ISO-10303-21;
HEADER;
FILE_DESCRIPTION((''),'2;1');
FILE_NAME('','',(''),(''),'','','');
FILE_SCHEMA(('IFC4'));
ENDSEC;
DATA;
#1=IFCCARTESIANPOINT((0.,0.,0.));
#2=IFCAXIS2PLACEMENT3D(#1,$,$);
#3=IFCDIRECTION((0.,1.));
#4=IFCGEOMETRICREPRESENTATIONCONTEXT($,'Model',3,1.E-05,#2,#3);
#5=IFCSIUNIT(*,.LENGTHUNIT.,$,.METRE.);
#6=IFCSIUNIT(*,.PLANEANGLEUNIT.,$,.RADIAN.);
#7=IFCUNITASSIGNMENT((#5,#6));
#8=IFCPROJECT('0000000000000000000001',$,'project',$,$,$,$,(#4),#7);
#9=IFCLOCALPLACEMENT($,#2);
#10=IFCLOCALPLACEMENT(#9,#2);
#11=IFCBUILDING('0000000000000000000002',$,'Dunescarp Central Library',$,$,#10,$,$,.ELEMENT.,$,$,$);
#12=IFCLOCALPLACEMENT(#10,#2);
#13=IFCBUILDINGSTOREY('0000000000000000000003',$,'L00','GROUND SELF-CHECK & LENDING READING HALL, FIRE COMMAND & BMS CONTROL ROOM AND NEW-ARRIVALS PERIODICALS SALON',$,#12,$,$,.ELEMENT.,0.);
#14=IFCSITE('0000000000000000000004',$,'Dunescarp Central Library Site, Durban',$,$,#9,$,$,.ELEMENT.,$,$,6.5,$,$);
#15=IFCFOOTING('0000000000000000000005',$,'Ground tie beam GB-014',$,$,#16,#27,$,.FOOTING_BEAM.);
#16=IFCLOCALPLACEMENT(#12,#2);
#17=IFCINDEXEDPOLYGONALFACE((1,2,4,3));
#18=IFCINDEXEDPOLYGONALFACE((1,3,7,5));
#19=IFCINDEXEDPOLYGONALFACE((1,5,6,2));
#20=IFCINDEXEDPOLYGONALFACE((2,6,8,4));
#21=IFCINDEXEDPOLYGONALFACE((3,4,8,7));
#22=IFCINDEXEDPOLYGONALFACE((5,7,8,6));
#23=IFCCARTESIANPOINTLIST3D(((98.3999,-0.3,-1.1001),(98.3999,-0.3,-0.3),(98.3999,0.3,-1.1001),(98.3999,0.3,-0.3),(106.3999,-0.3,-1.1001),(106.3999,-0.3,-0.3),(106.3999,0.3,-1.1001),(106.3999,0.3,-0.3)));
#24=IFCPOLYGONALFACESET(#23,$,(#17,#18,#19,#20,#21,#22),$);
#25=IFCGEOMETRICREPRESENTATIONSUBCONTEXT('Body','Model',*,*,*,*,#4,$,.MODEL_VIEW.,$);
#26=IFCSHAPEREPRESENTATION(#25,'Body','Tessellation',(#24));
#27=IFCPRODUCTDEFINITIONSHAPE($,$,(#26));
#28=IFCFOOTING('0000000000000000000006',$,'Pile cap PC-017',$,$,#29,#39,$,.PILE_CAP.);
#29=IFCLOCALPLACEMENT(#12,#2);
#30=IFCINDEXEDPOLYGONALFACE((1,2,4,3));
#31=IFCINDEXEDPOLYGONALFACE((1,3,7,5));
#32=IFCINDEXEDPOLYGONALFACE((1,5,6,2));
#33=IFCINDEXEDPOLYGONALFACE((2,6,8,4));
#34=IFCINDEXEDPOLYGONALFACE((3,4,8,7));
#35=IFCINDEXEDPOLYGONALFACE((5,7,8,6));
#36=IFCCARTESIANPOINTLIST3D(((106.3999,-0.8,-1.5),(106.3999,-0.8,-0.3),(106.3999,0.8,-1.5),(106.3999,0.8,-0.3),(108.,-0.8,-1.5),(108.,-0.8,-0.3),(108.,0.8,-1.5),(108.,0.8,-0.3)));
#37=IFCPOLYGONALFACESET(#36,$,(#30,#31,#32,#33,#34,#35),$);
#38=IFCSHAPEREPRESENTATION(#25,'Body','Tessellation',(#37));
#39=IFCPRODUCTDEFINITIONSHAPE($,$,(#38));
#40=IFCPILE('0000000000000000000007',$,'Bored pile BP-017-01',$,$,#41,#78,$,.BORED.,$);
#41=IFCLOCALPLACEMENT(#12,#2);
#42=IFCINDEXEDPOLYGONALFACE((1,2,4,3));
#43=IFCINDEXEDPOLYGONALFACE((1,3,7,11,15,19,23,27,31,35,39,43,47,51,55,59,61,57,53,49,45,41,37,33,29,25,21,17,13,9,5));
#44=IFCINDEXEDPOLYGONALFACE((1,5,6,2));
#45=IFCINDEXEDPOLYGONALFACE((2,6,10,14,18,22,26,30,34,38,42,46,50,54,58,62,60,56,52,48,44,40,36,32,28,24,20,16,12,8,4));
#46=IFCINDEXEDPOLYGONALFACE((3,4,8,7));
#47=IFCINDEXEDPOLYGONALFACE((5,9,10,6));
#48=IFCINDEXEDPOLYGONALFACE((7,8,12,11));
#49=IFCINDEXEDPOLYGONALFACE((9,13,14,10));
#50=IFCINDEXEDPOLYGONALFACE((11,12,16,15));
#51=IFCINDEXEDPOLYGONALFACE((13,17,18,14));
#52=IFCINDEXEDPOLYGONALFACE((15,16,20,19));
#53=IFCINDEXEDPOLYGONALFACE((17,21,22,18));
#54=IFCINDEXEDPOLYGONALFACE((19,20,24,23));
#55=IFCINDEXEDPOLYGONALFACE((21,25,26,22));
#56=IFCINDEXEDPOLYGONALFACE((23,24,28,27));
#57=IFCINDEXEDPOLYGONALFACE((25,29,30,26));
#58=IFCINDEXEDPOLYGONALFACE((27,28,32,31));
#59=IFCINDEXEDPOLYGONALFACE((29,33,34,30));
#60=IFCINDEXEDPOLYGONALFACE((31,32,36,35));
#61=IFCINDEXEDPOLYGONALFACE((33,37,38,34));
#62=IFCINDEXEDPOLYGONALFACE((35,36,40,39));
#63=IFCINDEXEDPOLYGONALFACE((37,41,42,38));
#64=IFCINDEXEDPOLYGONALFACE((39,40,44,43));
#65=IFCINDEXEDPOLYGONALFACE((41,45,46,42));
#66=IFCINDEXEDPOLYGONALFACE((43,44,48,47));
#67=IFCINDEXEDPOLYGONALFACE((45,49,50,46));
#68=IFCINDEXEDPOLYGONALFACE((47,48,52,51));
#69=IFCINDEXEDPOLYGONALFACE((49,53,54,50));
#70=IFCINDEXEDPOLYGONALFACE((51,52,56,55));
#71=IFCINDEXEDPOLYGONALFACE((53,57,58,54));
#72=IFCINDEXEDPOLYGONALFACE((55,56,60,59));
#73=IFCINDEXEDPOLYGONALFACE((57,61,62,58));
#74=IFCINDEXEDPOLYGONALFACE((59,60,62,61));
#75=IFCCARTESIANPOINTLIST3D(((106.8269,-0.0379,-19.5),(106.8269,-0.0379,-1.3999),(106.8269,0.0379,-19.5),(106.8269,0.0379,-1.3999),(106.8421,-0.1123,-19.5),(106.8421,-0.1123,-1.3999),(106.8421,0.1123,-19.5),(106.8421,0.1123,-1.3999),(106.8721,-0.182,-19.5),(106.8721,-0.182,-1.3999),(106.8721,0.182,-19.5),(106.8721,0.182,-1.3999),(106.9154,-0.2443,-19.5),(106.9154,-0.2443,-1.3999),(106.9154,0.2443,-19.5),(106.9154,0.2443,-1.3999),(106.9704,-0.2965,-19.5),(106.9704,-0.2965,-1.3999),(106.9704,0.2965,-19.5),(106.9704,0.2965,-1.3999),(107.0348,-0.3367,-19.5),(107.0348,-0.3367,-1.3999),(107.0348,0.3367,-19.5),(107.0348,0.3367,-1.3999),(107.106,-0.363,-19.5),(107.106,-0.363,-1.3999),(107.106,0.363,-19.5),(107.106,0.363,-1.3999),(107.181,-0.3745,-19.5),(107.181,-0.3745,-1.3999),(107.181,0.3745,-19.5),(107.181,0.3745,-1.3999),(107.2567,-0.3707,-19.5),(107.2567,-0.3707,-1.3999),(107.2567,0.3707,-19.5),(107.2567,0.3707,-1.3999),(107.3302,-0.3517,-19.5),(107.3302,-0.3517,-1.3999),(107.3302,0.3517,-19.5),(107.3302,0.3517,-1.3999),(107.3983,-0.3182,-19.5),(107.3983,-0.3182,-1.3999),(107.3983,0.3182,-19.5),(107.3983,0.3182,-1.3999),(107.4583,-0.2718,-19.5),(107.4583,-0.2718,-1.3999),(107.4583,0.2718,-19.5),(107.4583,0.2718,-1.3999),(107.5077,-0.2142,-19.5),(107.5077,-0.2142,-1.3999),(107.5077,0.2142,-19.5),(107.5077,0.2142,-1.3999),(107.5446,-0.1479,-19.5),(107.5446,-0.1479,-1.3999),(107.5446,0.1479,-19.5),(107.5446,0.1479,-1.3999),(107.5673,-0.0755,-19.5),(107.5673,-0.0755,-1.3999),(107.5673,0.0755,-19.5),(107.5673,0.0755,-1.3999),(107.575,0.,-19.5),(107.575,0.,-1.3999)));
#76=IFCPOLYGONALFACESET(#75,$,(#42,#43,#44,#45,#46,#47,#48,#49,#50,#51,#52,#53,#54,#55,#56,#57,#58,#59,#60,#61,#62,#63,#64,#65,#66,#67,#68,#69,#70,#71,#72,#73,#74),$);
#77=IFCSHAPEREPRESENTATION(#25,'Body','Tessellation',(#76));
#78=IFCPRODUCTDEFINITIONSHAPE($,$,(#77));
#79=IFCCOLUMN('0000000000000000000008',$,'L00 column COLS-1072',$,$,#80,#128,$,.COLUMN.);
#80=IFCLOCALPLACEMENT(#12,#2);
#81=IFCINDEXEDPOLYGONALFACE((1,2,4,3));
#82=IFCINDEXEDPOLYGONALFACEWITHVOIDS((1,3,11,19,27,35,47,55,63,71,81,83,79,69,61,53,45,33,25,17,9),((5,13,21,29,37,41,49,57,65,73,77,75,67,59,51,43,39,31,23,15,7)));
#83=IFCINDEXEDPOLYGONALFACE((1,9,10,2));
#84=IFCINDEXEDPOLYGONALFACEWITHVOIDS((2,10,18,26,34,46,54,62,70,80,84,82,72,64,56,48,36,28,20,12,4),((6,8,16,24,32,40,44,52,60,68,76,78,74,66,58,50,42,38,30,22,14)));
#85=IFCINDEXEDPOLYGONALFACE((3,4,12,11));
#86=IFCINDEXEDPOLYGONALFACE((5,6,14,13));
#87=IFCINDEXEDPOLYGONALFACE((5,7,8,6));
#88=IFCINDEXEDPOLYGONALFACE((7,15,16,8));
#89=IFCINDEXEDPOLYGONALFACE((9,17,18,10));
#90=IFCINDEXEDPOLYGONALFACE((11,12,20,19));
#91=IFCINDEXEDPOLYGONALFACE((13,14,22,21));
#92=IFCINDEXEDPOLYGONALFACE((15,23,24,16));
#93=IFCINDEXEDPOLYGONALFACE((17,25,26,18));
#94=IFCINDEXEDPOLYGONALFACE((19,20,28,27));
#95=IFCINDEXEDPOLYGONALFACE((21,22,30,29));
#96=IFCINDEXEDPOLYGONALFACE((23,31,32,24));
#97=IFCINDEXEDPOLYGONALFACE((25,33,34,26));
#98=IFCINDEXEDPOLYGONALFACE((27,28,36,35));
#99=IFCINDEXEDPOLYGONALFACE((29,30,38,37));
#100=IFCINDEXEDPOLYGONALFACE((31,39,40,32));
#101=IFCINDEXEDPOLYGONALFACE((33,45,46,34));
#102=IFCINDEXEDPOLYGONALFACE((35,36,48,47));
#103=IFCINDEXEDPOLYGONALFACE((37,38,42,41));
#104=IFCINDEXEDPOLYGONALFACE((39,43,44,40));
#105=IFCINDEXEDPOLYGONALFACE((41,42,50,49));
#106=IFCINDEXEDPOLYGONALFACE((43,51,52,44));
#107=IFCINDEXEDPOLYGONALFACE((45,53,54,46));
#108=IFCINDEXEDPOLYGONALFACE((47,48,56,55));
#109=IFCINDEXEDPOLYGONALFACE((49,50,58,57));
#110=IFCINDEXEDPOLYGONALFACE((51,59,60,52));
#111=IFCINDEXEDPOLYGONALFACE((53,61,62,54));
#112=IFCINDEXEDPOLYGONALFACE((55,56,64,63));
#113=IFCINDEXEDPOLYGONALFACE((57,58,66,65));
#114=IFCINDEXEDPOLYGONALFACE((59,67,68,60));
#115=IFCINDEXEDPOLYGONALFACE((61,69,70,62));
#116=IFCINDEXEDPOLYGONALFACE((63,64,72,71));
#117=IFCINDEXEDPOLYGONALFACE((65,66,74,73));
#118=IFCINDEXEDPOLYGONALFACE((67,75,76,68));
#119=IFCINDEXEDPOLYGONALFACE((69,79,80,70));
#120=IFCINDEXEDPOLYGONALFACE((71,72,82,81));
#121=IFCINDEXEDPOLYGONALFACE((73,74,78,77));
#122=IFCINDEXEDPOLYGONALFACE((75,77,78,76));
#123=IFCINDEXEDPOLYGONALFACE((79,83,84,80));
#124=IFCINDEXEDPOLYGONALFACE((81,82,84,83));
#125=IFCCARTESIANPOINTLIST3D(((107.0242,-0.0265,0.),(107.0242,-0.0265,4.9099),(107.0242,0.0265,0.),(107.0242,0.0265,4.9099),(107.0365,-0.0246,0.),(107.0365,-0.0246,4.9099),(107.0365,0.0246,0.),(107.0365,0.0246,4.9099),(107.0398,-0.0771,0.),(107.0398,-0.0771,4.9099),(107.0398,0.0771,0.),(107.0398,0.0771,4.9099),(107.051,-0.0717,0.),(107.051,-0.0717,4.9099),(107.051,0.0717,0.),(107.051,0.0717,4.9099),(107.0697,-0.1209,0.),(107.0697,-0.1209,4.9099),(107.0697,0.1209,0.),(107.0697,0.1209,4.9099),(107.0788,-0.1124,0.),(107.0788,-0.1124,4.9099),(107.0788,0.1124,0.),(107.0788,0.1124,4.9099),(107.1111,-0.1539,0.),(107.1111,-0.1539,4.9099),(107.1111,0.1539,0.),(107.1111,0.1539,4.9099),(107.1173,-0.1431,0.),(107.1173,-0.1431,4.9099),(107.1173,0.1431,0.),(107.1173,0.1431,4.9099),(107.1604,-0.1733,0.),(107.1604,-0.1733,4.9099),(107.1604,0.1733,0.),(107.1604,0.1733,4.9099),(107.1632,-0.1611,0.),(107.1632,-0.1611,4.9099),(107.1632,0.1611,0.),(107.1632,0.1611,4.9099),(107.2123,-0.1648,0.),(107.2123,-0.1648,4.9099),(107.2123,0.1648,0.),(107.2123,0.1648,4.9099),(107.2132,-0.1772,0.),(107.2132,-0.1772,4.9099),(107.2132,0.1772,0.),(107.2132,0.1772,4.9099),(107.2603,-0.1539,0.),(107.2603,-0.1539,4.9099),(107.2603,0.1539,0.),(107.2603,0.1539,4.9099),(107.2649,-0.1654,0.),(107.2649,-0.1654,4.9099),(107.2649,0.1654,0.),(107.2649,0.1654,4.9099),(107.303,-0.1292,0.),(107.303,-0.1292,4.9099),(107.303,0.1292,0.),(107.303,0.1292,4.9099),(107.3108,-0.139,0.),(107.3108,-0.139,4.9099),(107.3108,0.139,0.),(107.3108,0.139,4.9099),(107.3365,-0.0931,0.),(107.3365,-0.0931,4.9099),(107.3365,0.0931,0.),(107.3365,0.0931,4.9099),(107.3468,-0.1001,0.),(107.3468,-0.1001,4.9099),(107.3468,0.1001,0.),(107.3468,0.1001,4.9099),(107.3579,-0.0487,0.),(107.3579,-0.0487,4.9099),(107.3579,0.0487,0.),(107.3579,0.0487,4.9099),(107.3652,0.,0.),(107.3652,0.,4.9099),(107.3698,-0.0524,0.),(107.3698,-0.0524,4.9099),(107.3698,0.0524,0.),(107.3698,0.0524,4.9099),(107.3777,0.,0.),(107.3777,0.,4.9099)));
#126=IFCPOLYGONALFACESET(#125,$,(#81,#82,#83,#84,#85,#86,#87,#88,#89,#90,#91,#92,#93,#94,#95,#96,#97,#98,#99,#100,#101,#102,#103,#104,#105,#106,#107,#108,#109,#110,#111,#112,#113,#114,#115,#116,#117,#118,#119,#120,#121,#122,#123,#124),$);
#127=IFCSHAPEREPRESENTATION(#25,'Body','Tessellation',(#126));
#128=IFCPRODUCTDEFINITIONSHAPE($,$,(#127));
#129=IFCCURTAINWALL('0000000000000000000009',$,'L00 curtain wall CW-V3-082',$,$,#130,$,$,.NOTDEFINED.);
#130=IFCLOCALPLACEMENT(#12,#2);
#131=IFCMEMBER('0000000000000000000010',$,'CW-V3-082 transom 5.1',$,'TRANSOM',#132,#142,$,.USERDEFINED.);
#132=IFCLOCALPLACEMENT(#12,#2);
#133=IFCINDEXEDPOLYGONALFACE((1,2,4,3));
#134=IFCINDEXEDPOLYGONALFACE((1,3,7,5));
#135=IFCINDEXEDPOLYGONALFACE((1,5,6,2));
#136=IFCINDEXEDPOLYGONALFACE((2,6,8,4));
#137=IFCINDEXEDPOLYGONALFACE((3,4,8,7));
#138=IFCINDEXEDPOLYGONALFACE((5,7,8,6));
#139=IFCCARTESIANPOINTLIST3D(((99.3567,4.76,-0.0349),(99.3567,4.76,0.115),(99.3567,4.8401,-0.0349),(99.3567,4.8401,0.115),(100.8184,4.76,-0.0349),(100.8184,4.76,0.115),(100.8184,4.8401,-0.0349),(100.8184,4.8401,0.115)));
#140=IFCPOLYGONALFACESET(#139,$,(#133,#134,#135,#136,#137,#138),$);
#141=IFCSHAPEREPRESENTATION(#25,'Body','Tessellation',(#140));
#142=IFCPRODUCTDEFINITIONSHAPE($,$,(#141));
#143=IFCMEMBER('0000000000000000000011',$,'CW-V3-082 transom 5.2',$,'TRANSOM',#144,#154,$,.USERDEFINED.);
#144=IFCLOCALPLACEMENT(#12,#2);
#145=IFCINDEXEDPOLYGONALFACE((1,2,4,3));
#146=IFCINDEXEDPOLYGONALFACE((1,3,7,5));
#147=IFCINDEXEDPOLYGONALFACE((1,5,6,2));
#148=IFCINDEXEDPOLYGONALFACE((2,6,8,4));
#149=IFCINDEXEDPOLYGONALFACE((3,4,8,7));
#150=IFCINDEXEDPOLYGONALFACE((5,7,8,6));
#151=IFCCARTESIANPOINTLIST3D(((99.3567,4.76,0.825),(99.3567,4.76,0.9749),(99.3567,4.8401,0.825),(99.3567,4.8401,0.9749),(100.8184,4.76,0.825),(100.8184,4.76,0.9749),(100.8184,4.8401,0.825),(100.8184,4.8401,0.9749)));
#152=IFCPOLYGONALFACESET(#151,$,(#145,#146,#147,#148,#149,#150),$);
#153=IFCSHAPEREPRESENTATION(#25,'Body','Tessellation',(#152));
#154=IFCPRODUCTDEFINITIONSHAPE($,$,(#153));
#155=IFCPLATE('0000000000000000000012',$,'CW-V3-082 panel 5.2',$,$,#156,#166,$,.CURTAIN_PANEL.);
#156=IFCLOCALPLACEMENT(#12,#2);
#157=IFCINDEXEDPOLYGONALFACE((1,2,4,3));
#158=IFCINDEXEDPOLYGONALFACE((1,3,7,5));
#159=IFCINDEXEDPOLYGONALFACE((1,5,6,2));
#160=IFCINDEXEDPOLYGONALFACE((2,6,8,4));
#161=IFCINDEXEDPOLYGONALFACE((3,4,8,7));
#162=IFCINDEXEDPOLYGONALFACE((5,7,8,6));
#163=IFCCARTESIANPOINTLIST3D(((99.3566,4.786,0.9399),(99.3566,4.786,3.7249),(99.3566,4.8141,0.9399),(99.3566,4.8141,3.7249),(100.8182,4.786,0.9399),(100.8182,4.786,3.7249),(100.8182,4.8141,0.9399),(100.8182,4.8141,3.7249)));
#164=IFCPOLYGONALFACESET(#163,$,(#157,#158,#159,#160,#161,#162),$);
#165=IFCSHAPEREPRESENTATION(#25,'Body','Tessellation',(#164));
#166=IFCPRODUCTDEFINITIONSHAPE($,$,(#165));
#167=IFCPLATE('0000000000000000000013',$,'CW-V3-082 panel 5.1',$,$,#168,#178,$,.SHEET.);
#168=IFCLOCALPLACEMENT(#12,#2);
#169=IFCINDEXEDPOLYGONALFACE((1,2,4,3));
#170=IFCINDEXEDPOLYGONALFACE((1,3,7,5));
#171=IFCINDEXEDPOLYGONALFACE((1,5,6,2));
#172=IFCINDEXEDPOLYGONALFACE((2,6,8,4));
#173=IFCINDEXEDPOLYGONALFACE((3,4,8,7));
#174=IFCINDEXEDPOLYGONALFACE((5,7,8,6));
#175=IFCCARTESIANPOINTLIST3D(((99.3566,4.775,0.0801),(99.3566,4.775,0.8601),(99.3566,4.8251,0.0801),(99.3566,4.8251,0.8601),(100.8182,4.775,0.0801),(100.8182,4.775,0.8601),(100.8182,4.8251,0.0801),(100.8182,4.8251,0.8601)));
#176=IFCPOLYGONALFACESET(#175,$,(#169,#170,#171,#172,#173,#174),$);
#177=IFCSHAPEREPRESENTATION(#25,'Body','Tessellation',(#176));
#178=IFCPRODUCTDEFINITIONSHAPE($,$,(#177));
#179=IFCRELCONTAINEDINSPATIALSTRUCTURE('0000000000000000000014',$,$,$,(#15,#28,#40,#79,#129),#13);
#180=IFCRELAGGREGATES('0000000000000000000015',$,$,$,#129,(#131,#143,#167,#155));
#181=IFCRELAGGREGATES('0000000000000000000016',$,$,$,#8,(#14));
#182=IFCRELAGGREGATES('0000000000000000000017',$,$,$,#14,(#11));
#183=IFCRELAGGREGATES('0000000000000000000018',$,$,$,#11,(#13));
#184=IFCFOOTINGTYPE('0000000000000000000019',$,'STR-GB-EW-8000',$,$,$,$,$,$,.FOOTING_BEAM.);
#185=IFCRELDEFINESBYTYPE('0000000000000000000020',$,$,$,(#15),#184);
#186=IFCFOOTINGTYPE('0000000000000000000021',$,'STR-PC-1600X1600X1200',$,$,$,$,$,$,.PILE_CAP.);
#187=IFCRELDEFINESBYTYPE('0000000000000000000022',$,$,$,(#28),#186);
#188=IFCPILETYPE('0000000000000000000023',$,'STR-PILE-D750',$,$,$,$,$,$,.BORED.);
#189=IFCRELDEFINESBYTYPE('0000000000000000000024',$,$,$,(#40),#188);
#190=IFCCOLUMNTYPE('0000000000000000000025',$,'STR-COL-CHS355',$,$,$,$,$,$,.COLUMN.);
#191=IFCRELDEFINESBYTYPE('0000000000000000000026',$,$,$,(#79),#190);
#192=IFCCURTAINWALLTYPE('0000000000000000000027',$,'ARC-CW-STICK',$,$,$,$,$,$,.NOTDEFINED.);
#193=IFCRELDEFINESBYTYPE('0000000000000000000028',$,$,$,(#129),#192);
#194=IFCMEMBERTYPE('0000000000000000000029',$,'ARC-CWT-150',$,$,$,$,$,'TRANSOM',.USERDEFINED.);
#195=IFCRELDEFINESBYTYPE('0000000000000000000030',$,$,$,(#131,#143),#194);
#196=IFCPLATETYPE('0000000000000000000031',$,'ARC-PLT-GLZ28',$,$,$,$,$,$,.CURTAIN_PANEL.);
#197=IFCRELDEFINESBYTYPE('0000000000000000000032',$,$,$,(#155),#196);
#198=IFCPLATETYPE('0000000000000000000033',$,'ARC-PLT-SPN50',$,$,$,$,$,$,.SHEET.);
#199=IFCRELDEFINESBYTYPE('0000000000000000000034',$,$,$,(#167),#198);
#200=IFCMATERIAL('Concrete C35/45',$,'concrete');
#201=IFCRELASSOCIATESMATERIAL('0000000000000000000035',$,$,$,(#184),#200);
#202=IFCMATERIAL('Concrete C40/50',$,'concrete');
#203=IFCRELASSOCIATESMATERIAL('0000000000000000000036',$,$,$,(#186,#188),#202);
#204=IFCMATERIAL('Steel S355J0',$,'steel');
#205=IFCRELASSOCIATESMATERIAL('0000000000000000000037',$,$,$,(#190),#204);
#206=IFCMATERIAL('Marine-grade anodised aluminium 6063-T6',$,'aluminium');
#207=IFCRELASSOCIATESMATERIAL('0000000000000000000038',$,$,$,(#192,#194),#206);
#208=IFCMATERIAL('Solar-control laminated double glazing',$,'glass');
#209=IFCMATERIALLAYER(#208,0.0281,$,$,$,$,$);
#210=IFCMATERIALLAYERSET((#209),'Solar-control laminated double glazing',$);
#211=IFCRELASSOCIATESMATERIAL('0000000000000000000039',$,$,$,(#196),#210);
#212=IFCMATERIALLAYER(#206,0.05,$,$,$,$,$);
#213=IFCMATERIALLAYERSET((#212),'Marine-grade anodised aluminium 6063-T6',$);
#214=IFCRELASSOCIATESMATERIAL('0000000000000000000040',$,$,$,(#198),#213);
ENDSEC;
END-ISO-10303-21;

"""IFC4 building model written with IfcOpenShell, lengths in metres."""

from ifc_helpers import new_model, si_unit, direction, frame, origin, origin_2d, place, context, subcontext, project, spatial, rectangle, circle, hollow_circle, extrude, material, layer, layer_set, material_profile, profile_set, type_object, element, aggregate, save


model = new_model("IFC4")

# Units and contexts
model_context = context("Model", 3, precision=1e-05, world=origin(), true_north=direction((0.0, 1.0)))
body_context = subcontext(model_context, "Body", "Model", "MODEL_VIEW")
ifc_project = project(units=[si_unit("LENGTHUNIT", "METRE"), si_unit("PLANEANGLEUNIT", "RADIAN")], contexts=[model_context])

# Site, building, storey
site_placement = place(None, origin())
site = spatial("IfcSite", under=ifc_project, at=site_placement, Name="Dunescarp Central Library Site, Durban", CompositionType="ELEMENT", RefElevation=6.5)
building_placement = place(site_placement, origin())
building = spatial("IfcBuilding", under=site, at=building_placement, Name="Dunescarp Central Library", CompositionType="ELEMENT")
storey_placement = place(building_placement, origin())
storey = spatial("IfcBuildingStorey", under=building, at=storey_placement, Name="L00", Description="GROUND SELF-CHECK & LENDING READING HALL, FIRE COMMAND & BMS CONTROL ROOM AND NEW-ARRIVALS PERIODICALS SALON", CompositionType="ELEMENT", Elevation=0.0)

# Footings
ifc_material_1 = material(Name="Concrete C35/45", Category="concrete")
footing_type_1 = type_object("IfcFootingType", Name="STR-GB-EW-8000", PredefinedType="FOOTING_BEAM", material=ifc_material_1)
footing_1_placement = place(storey_placement, frame((102.3999, 0.0, -1.1001), z_axis=(0.0, 0.0, 1.0), x_axis=(1.0, 0.0, 0.0)))
element("IfcFooting", 1, at=footing_1_placement, inside=storey, type_object=footing_type_1, Name="Ground tie beam GB-014", PredefinedType="FOOTING_BEAM", context=body_context, shape_type="SweptSolid", body=[
    extrude(rectangle(XDim=8.0, YDim=0.6001, at=origin_2d()), origin(), (0.0, 0.0, 1.0), 0.8),
])
ifc_material_2 = material(Name="Concrete C40/50", Category="concrete")
footing_type_2 = type_object("IfcFootingType", Name="STR-PC-1600X1600X1200", PredefinedType="PILE_CAP", material=ifc_material_2)
footing_2_placement = place(storey_placement, frame((107.2, 0.0, -1.5), z_axis=(0.0, 0.0, 1.0), x_axis=(1.0, 0.0, 0.0)))
element("IfcFooting", 2, at=footing_2_placement, inside=storey, type_object=footing_type_2, Name="Pile cap PC-017", PredefinedType="PILE_CAP", context=body_context, shape_type="SweptSolid", body=[
    extrude(rectangle(XDim=1.6001, YDim=1.6001, at=origin_2d()), origin(), (0.0, 0.0, 1.0), 1.2),
])

# Pile
ifc_material_profile_1 = material_profile(ifc_material_2, circle(Radius=0.375, at=origin_2d()), Name="PILE D750")
ifc_profile_set_1 = profile_set([ifc_material_profile_1], Name="Concrete C40/50")
pile_type = type_object("IfcPileType", Name="STR-PILE-D750", PredefinedType="BORED", material=ifc_profile_set_1)
pile_placement = place(storey_placement, frame((107.2, 0.0, -1.3999), z_axis=(0.0, 0.0, -1.0), x_axis=(1.0, 0.0, 0.0)))
element("IfcPile", 3, at=pile_placement, inside=storey, type_object=pile_type, Name="Bored pile BP-017-01", PredefinedType="BORED", context=body_context, shape_type="SweptSolid", body=[
    extrude(circle(Radius=0.375, at=origin_2d()), origin(), (0.0, 0.0, 1.0), 18.1001),
])

# Column
ifc_material_3 = material(Name="Steel S355J0", Category="steel")
ifc_material_profile_2 = material_profile(ifc_material_3, hollow_circle(Radius=0.1777, WallThickness=0.0125, at=origin_2d()), Name="CHS 355.6x12.5")
ifc_profile_set_2 = profile_set([ifc_material_profile_2], Name="Steel S355J0")
column_type = type_object("IfcColumnType", Name="STR-COL-CHS355", PredefinedType="COLUMN", material=ifc_profile_set_2)
column_placement = place(storey_placement, frame((107.2, 0.0, 0.0), z_axis=(0.0, 0.0, 1.0), x_axis=(1.0, 0.0, 0.0)))
element("IfcColumn", 4, at=column_placement, inside=storey, type_object=column_type, Name="L00 column COLS-1072", PredefinedType="COLUMN", context=body_context, shape_type="SweptSolid", body=[
    extrude(hollow_circle(Radius=0.1777, WallThickness=0.0125, at=origin_2d()), origin(), (0.0, 0.0, 1.0), 4.9099),
])

# Curtain wall, members, plates
ifc_material_4 = material(Name="Marine-grade anodised aluminium 6063-T6", Category="aluminium")
curtain_wall_type = type_object("IfcCurtainWallType", Name="ARC-CW-STICK", PredefinedType="NOTDEFINED", material=ifc_material_4)
curtain_wall_placement = place(storey_placement, origin())
curtain_wall = element("IfcCurtainWall", 5, at=curtain_wall_placement, inside=storey, type_object=curtain_wall_type, Name="L00 curtain wall CW-V3-082", PredefinedType="NOTDEFINED")
ifc_material_profile_3 = material_profile(ifc_material_4, rectangle(XDim=0.0801, YDim=0.1499, at=origin_2d()), Name="AL 80x150")
ifc_profile_set_3 = profile_set([ifc_material_profile_3], Name="Marine-grade anodised aluminium 6063-T6")
member_type = type_object("IfcMemberType", Name="ARC-CWT-150", ElementType="TRANSOM", PredefinedType="USERDEFINED", material=ifc_profile_set_3)
member_1_placement = place(storey_placement, frame((100.8184, 4.8, 0.04), z_axis=(-1.0, 0.0, 0.0), x_axis=(0.0, -1.0, 0.0)))
member_1 = element("IfcMember", 6, at=member_1_placement, type_object=member_type, Name="CW-V3-082 transom 5.1", ObjectType="TRANSOM", PredefinedType="USERDEFINED", context=body_context, shape_type="SweptSolid", body=[
    extrude(rectangle(XDim=0.0801, YDim=0.1499, at=origin_2d()), origin(), (0.0, 0.0, 1.0), 1.4617),
])
member_2_placement = place(storey_placement, frame((100.8184, 4.8, 0.8999), z_axis=(-1.0, 0.0, 0.0), x_axis=(0.0, -1.0, 0.0)))
member_2 = element("IfcMember", 7, at=member_2_placement, type_object=member_type, Name="CW-V3-082 transom 5.2", ObjectType="TRANSOM", PredefinedType="USERDEFINED", context=body_context, shape_type="SweptSolid", body=[
    extrude(rectangle(XDim=0.0801, YDim=0.1499, at=origin_2d()), origin(), (0.0, 0.0, 1.0), 1.4617),
])
ifc_material_5 = material(Name="Solar-control laminated double glazing", Category="glass")
ifc_layer_1 = layer(ifc_material_5, 0.0281)
ifc_layer_set_1 = layer_set([ifc_layer_1], Name="Solar-control laminated double glazing")
plate_type_1 = type_object("IfcPlateType", Name="ARC-PLT-GLZ28", PredefinedType="CURTAIN_PANEL", material=ifc_layer_set_1)
plate_1_placement = place(storey_placement, frame((100.0874, 4.8, 0.9399), z_axis=(0.0, 0.0, 1.0), x_axis=(-1.0, 0.0, 0.0)))
plate_1 = element("IfcPlate", 8, at=plate_1_placement, type_object=plate_type_1, Name="CW-V3-082 panel 5.2", PredefinedType="CURTAIN_PANEL", context=body_context, shape_type="SweptSolid", body=[
    extrude(rectangle(XDim=1.4617, YDim=0.0281, at=origin_2d()), origin(), (0.0, 0.0, 1.0), 2.7849),
])
ifc_layer_2 = layer(ifc_material_4, 0.05)
ifc_layer_set_2 = layer_set([ifc_layer_2], Name="Marine-grade anodised aluminium 6063-T6")
plate_type_2 = type_object("IfcPlateType", Name="ARC-PLT-SPN50", PredefinedType="SHEET", material=ifc_layer_set_2)
plate_2_placement = place(storey_placement, frame((100.0874, 4.8, 0.0801), z_axis=(0.0, 0.0, 1.0), x_axis=(-1.0, 0.0, 0.0)))
plate_2 = element("IfcPlate", 9, at=plate_2_placement, type_object=plate_type_2, Name="CW-V3-082 panel 5.1", PredefinedType="SHEET", context=body_context, shape_type="SweptSolid", body=[
    extrude(rectangle(XDim=1.4617, YDim=0.05, at=origin_2d()), origin(), (0.0, 0.0, 1.0), 0.78),
])
aggregate(curtain_wall, [member_1, member_2, plate_2, plate_1])

save(model, "model.ifc")
